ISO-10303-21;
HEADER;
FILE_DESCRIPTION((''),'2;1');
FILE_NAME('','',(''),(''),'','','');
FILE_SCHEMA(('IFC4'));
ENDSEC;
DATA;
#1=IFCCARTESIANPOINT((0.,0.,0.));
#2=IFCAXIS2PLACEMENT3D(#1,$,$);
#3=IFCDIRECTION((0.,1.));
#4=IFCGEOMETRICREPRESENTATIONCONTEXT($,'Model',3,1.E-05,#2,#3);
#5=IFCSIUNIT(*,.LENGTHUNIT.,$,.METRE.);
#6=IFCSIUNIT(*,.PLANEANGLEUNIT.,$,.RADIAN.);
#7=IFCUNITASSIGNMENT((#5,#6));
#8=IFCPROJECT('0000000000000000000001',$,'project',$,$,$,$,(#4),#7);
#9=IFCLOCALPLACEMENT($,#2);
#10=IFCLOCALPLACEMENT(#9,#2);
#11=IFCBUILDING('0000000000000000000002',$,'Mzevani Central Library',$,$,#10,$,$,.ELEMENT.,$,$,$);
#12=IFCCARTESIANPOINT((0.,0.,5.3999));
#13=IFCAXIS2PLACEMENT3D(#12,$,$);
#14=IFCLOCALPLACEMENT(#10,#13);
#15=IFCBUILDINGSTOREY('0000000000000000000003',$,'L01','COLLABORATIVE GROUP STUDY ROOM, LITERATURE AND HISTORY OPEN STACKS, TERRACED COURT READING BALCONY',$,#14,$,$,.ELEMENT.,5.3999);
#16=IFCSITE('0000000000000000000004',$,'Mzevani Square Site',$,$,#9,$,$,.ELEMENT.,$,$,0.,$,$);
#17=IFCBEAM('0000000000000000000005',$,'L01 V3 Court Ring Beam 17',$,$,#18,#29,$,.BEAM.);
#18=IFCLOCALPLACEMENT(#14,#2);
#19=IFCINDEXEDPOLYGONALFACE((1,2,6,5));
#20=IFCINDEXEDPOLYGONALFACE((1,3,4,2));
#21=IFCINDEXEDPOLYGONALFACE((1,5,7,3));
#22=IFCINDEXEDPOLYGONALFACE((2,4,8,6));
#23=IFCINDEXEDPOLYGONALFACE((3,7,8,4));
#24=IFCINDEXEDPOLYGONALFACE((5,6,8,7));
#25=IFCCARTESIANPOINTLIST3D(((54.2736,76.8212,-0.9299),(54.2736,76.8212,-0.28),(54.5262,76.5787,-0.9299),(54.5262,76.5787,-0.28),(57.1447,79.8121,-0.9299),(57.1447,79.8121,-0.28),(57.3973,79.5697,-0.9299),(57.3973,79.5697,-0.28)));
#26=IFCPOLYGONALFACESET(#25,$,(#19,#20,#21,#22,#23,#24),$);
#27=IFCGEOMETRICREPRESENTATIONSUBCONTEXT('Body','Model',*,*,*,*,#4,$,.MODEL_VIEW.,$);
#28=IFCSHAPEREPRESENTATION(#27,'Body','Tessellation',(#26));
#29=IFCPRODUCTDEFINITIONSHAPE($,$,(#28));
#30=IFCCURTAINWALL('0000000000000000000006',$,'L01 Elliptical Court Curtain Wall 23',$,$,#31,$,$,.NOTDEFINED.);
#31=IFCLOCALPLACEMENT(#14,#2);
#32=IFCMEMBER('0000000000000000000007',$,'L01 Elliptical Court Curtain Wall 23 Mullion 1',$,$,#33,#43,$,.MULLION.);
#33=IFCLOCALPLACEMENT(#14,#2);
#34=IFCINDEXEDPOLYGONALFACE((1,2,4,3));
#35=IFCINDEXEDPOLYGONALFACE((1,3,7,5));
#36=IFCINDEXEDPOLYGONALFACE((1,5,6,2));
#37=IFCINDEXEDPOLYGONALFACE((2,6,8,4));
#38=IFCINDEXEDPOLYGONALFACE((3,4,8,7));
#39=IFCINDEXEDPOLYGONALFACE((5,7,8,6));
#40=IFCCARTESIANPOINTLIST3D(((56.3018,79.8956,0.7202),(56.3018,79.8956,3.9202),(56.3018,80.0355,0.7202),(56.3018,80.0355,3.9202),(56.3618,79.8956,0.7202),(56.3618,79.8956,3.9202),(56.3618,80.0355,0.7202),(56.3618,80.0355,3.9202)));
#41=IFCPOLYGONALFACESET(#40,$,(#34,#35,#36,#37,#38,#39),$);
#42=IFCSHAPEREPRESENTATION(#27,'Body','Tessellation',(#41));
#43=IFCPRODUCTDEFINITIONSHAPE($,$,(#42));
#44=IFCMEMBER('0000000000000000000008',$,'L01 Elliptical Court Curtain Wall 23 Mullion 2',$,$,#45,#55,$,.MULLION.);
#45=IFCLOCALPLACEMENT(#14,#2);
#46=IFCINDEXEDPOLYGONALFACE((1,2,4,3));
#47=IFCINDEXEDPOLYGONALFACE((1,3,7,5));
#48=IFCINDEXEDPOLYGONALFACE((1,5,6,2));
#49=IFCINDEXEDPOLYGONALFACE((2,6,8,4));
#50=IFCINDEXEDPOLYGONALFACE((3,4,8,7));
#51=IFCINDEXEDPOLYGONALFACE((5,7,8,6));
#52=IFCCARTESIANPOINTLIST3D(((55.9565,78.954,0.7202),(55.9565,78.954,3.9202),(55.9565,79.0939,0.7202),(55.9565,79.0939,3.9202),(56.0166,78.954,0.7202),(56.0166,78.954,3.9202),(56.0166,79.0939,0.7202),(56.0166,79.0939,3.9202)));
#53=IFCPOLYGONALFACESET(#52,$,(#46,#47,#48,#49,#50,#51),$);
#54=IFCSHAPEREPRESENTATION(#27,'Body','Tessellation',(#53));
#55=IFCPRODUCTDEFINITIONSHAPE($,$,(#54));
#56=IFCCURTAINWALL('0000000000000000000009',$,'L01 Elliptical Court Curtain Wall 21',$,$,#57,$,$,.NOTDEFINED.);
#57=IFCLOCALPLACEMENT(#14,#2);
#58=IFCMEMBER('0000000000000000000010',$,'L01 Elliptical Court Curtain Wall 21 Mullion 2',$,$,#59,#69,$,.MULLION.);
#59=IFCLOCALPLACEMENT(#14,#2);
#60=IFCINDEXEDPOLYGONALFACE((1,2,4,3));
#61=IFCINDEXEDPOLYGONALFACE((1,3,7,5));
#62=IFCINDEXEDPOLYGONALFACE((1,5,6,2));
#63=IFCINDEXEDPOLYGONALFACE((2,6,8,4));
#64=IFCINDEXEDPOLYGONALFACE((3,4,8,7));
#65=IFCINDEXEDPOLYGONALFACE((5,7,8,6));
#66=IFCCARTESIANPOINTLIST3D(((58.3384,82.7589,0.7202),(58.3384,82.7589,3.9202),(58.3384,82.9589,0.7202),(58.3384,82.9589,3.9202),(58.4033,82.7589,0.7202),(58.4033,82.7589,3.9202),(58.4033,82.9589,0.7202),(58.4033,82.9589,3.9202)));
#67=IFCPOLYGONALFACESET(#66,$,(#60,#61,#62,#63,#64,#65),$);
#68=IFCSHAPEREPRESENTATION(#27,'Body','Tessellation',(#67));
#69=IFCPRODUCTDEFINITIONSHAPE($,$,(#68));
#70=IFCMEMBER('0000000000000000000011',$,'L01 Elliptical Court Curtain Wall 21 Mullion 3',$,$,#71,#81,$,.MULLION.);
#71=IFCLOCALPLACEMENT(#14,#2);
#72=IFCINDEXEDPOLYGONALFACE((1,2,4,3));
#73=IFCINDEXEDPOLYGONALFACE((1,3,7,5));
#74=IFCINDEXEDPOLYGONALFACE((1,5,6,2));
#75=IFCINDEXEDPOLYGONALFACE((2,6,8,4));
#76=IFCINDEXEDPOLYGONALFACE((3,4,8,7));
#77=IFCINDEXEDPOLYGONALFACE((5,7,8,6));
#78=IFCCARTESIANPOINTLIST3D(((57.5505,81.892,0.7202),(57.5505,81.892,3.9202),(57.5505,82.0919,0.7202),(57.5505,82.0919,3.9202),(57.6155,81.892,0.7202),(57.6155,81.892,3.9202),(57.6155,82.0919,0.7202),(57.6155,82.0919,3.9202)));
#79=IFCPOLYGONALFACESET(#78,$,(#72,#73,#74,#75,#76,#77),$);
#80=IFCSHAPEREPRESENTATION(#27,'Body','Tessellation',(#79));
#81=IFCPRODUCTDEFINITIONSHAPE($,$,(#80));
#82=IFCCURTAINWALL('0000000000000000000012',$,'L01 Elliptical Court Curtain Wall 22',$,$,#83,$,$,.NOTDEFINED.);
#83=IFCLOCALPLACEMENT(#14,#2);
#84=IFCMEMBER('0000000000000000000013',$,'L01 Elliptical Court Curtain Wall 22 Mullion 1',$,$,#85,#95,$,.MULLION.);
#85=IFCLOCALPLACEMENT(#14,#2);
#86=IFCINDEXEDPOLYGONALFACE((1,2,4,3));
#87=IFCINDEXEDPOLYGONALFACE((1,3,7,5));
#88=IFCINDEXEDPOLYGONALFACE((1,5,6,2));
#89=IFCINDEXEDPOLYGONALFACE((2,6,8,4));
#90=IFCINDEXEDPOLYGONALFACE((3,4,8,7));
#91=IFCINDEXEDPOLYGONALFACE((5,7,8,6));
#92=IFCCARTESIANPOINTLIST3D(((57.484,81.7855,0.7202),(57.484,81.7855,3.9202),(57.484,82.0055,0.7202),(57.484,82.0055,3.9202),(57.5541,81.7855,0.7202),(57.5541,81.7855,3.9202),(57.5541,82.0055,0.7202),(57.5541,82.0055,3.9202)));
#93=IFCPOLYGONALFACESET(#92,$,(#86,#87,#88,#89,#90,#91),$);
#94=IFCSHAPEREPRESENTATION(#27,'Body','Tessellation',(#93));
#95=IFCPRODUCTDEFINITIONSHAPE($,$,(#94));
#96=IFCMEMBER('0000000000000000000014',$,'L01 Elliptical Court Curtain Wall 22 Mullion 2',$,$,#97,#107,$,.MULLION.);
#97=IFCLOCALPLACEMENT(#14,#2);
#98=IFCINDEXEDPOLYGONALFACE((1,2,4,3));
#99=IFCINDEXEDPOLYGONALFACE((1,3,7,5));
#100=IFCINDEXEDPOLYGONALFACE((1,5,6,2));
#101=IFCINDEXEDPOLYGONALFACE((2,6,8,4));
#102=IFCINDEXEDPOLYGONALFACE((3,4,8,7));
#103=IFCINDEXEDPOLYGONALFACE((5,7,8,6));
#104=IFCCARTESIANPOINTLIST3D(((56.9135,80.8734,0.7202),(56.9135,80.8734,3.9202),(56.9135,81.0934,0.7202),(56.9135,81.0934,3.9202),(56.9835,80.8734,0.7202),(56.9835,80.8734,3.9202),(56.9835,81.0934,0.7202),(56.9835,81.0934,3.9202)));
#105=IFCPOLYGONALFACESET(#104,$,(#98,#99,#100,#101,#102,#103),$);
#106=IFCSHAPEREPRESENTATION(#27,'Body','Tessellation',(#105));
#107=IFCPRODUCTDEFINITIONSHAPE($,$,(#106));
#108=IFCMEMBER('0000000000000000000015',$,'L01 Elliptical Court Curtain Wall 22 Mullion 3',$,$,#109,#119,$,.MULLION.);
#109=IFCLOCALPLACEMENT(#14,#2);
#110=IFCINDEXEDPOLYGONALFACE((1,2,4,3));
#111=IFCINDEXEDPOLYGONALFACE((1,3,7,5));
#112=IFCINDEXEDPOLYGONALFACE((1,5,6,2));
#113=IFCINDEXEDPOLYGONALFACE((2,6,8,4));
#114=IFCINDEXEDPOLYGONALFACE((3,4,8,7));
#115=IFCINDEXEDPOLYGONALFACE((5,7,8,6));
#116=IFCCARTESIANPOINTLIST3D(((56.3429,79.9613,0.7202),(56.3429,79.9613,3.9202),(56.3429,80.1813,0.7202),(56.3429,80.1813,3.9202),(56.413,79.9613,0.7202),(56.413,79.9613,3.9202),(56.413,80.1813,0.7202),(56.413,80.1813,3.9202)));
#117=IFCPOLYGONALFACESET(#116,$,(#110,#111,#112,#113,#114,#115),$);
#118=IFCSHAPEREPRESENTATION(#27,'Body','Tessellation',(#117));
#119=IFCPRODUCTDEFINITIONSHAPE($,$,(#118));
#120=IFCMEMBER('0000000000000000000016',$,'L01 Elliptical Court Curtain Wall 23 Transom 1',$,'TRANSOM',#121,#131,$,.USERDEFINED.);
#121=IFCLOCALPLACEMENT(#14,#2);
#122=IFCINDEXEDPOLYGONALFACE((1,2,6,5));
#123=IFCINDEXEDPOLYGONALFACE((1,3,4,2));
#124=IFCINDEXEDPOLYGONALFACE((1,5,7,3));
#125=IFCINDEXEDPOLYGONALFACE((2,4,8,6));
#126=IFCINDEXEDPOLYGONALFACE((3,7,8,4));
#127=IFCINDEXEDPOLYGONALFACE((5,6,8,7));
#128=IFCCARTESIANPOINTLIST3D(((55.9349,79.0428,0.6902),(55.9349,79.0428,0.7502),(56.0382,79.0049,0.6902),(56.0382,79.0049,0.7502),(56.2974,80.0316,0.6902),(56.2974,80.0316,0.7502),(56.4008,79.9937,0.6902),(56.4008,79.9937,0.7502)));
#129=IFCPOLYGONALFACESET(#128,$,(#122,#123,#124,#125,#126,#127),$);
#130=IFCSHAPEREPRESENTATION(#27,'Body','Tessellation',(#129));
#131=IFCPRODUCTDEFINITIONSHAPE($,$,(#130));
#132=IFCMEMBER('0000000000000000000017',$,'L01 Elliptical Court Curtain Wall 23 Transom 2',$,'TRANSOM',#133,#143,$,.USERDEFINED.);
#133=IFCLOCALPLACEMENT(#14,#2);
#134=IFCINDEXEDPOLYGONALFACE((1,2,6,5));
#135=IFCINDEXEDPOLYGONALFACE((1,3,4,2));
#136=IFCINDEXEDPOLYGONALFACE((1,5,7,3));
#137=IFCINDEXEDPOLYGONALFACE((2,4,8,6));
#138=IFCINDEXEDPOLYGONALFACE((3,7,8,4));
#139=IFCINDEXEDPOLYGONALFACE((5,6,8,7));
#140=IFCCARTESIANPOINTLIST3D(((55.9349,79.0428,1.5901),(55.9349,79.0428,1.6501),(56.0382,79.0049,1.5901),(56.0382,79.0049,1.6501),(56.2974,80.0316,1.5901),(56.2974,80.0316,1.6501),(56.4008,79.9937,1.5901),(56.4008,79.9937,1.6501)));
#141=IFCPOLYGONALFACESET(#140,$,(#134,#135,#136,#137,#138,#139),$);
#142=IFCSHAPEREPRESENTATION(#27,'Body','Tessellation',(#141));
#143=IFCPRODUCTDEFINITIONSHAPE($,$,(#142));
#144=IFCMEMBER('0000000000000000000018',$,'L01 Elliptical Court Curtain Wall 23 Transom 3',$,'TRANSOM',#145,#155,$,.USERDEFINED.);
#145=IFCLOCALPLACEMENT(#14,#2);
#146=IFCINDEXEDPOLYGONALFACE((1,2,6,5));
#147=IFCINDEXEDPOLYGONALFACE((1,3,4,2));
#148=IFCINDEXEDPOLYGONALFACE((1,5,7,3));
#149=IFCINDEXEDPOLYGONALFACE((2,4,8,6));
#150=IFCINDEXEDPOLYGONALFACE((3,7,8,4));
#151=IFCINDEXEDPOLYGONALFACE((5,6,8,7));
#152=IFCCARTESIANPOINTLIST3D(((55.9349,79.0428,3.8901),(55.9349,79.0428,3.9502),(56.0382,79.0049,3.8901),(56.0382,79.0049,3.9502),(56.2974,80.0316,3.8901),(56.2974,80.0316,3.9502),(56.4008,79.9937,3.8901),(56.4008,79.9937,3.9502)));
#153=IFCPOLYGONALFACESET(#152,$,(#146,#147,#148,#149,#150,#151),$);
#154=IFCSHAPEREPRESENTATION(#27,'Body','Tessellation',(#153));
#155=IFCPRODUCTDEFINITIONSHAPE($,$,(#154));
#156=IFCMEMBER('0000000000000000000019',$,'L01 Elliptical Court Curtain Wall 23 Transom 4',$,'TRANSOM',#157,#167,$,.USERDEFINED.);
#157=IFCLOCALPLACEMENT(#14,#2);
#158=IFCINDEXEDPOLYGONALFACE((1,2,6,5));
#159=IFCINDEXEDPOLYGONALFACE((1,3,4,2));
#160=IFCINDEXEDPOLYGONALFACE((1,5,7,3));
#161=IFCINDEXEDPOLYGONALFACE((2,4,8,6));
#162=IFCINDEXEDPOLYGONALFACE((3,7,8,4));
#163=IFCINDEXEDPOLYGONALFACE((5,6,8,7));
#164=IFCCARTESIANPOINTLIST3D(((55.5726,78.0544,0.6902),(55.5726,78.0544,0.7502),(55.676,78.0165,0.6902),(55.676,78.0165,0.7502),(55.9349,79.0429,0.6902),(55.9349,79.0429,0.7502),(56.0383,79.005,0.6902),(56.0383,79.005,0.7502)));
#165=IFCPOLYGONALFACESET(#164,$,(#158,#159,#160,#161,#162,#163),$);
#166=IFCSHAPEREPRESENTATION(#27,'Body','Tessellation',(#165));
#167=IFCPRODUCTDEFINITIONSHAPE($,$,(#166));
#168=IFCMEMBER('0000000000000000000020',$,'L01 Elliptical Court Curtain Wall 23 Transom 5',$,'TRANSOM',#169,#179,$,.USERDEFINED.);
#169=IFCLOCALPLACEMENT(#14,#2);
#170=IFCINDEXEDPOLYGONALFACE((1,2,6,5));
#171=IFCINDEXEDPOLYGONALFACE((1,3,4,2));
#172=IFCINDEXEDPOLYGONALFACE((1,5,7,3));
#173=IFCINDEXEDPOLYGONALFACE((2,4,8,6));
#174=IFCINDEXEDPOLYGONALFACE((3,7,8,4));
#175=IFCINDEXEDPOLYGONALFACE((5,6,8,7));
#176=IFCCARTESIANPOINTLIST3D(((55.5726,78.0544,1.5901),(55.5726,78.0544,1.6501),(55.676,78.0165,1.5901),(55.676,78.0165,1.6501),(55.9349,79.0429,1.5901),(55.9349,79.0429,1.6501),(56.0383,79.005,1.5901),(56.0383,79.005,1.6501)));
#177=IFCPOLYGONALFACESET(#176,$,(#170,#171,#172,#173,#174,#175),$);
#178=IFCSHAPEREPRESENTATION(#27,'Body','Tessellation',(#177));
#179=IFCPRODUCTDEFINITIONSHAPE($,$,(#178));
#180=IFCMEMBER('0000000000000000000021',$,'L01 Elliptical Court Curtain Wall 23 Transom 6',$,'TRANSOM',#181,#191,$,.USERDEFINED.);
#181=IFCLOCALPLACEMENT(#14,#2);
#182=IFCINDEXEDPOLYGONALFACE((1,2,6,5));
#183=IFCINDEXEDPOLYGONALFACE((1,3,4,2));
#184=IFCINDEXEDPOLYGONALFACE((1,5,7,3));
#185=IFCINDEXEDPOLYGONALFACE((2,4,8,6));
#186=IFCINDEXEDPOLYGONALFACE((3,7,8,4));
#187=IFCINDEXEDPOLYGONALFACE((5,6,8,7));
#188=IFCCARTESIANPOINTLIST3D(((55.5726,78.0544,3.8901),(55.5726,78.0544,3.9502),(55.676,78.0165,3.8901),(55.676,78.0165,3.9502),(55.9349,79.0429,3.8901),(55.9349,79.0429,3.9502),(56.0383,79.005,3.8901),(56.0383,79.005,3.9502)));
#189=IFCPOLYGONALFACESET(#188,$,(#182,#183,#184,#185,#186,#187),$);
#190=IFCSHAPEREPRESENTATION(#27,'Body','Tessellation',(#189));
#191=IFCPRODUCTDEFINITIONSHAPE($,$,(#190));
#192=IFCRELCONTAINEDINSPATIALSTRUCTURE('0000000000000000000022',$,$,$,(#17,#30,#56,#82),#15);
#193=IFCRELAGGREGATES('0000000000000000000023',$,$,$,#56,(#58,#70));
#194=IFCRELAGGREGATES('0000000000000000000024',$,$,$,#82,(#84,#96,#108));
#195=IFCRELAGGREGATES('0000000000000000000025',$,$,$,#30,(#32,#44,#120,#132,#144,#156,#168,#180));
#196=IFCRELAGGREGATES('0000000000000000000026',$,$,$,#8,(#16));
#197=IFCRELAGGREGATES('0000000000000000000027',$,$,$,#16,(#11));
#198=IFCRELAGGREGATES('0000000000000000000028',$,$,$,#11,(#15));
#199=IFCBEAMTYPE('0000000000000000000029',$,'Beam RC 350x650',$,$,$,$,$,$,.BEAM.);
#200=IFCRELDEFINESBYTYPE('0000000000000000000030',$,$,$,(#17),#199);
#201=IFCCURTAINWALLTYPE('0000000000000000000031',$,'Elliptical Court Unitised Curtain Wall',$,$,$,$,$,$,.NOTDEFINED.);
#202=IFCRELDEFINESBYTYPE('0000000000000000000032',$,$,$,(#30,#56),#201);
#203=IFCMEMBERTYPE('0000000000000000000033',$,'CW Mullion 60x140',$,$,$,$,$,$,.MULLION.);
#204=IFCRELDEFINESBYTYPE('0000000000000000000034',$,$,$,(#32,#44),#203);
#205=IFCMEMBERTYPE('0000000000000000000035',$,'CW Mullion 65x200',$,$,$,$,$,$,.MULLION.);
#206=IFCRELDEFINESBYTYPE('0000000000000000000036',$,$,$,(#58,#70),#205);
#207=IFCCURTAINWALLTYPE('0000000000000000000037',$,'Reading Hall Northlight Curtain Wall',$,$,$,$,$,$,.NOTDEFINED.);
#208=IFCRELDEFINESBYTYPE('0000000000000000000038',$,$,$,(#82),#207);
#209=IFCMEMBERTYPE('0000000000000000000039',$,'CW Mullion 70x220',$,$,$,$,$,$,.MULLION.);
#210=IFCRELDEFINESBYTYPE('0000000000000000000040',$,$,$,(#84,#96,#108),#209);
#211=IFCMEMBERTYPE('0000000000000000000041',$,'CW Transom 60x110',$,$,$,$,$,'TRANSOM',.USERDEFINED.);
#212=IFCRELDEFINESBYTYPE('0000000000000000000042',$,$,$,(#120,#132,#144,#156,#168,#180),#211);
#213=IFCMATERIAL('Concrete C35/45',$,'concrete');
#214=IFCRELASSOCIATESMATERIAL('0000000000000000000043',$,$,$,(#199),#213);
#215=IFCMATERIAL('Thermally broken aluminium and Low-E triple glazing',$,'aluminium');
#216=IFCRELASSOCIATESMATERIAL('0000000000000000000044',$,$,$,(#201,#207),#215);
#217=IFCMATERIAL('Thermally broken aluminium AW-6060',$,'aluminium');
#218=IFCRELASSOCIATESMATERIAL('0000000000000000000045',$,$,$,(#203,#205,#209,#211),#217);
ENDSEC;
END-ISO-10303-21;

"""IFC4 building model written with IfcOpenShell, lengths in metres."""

from ifc_helpers import new_model, si_unit, direction, frame, origin, origin_2d, place, context, subcontext, project, spatial, rectangle, extrude, material, material_profile, profile_set, type_object, element, aggregate, save


model = new_model("IFC4")

# Units and contexts
model_context = context("Model", 3, precision=1e-05, world=origin(), true_north=direction((0.0, 1.0)))
body_context = subcontext(model_context, "Body", "Model", "MODEL_VIEW")
ifc_project = project(units=[si_unit("LENGTHUNIT", "METRE"), si_unit("PLANEANGLEUNIT", "RADIAN")], contexts=[model_context])

# Site, building, storey
site_placement = place(None, origin())
site = spatial("IfcSite", under=ifc_project, at=site_placement, Name="Mzevani Square Site", CompositionType="ELEMENT", RefElevation=0.0)
building_placement = place(site_placement, origin())
building = spatial("IfcBuilding", under=site, at=building_placement, Name="Mzevani Central Library", CompositionType="ELEMENT")
storey_placement = place(building_placement, frame((0.0, 0.0, 5.3999)))
storey = spatial("IfcBuildingStorey", under=building, at=storey_placement, Name="L01", Description="COLLABORATIVE GROUP STUDY ROOM, LITERATURE AND HISTORY OPEN STACKS, TERRACED COURT READING BALCONY", CompositionType="ELEMENT", Elevation=5.3999)

# Beam
ifc_material_1 = material(Name="Concrete C35/45", Category="concrete")
ifc_material_profile_1 = material_profile(ifc_material_1, rectangle(XDim=0.3501, YDim=0.6499, at=origin_2d()), Name="RC B350x650")
ifc_profile_set_1 = profile_set([ifc_material_profile_1], Name="Concrete C35/45")
beam_type = type_object("IfcBeamType", Name="Beam RC 350x650", PredefinedType="BEAM", material=ifc_profile_set_1)
beam_placement = place(storey_placement, frame((57.271, 79.6909, -0.605), z_axis=(-0.692502, -0.721416, 0.0), x_axis=(0.721416, -0.692502, 0.0)))
element("IfcBeam", 1, at=beam_placement, inside=storey, type_object=beam_type, Name="L01 V3 Court Ring Beam 17", PredefinedType="BEAM", context=body_context, shape_type="SweptSolid", body=[
    extrude(rectangle(XDim=0.3501, YDim=0.6499, at=origin_2d()), origin(), (0.0, 0.0, 1.0), 4.146),
])

# Curtain walls, members
ifc_material_2 = material(Name="Thermally broken aluminium and Low-E triple glazing", Category="aluminium")
curtain_wall_type_1 = type_object("IfcCurtainWallType", Name="Elliptical Court Unitised Curtain Wall", PredefinedType="NOTDEFINED", material=ifc_material_2)
curtain_wall_1_placement = place(storey_placement, origin())
curtain_wall_1 = element("IfcCurtainWall", 2, at=curtain_wall_1_placement, inside=storey, type_object=curtain_wall_type_1, Name="L01 Elliptical Court Curtain Wall 23", PredefinedType="NOTDEFINED")
ifc_material_3 = material(Name="Thermally broken aluminium AW-6060", Category="aluminium")
ifc_material_profile_2 = material_profile(ifc_material_3, rectangle(XDim=0.0601, YDim=0.1399, at=origin_2d()), Name="ALU M60x140")
ifc_profile_set_2 = profile_set([ifc_material_profile_2], Name="Thermally broken aluminium AW-6060")
member_type_1 = type_object("IfcMemberType", Name="CW Mullion 60x140", PredefinedType="MULLION", material=ifc_profile_set_2)
member_1_placement = place(storey_placement, frame((56.3318, 79.9656, 0.7202), z_axis=(0.0, 0.0, 1.0), x_axis=(1.0, 0.0, 0.0)))
member_1 = element("IfcMember", 3, at=member_1_placement, type_object=member_type_1, Name="L01 Elliptical Court Curtain Wall 23 Mullion 1", PredefinedType="MULLION", context=body_context, shape_type="SweptSolid", body=[
    extrude(rectangle(XDim=0.0601, YDim=0.1399, at=origin_2d()), origin(), (0.0, 0.0, 1.0), 3.2),
])
member_2_placement = place(storey_placement, frame((55.9866, 79.0239, 0.7202), z_axis=(0.0, 0.0, 1.0), x_axis=(1.0, 0.0, 0.0)))
member_2 = element("IfcMember", 4, at=member_2_placement, type_object=member_type_1, Name="L01 Elliptical Court Curtain Wall 23 Mullion 2", PredefinedType="MULLION", context=body_context, shape_type="SweptSolid", body=[
    extrude(rectangle(XDim=0.0601, YDim=0.1399, at=origin_2d()), origin(), (0.0, 0.0, 1.0), 3.2),
])
curtain_wall_2_placement = place(storey_placement, origin())
curtain_wall_2 = element("IfcCurtainWall", 5, at=curtain_wall_2_placement, inside=storey, type_object=curtain_wall_type_1, Name="L01 Elliptical Court Curtain Wall 21", PredefinedType="NOTDEFINED")
ifc_material_profile_3 = material_profile(ifc_material_3, rectangle(XDim=0.0649, YDim=0.2, at=origin_2d()), Name="ALU M65x200")
ifc_profile_set_3 = profile_set([ifc_material_profile_3], Name="Thermally broken aluminium AW-6060")
member_type_2 = type_object("IfcMemberType", Name="CW Mullion 65x200", PredefinedType="MULLION", material=ifc_profile_set_3)
member_3_placement = place(storey_placement, frame((58.3708, 82.8589, 0.7202), z_axis=(0.0, 0.0, 1.0), x_axis=(1.0, 0.0, 0.0)))
member_3 = element("IfcMember", 6, at=member_3_placement, type_object=member_type_2, Name="L01 Elliptical Court Curtain Wall 21 Mullion 2", PredefinedType="MULLION", context=body_context, shape_type="SweptSolid", body=[
    extrude(rectangle(XDim=0.0649, YDim=0.2, at=origin_2d()), origin(), (0.0, 0.0, 1.0), 3.2),
])
member_4_placement = place(storey_placement, frame((57.583, 81.9919, 0.7202), z_axis=(0.0, 0.0, 1.0), x_axis=(1.0, 0.0, 0.0)))
member_4 = element("IfcMember", 7, at=member_4_placement, type_object=member_type_2, Name="L01 Elliptical Court Curtain Wall 21 Mullion 3", PredefinedType="MULLION", context=body_context, shape_type="SweptSolid", body=[
    extrude(rectangle(XDim=0.0649, YDim=0.2, at=origin_2d()), origin(), (0.0, 0.0, 1.0), 3.2),
])
curtain_wall_type_2 = type_object("IfcCurtainWallType", Name="Reading Hall Northlight Curtain Wall", PredefinedType="NOTDEFINED", material=ifc_material_2)
curtain_wall_3_placement = place(storey_placement, origin())
curtain_wall_3 = element("IfcCurtainWall", 8, at=curtain_wall_3_placement, inside=storey, type_object=curtain_wall_type_2, Name="L01 Elliptical Court Curtain Wall 22", PredefinedType="NOTDEFINED")
ifc_material_profile_4 = material_profile(ifc_material_3, rectangle(XDim=0.0701, YDim=0.22, at=origin_2d()), Name="ALU M70x220")
ifc_profile_set_4 = profile_set([ifc_material_profile_4], Name="Thermally broken aluminium AW-6060")
member_type_3 = type_object("IfcMemberType", Name="CW Mullion 70x220", PredefinedType="MULLION", material=ifc_profile_set_4)
member_5_placement = place(storey_placement, frame((57.519, 81.8955, 0.7202), z_axis=(0.0, 0.0, 1.0), x_axis=(1.0, 0.0, 0.0)))
member_5 = element("IfcMember", 9, at=member_5_placement, type_object=member_type_3, Name="L01 Elliptical Court Curtain Wall 22 Mullion 1", PredefinedType="MULLION", context=body_context, shape_type="SweptSolid", body=[
    extrude(rectangle(XDim=0.0701, YDim=0.22, at=origin_2d()), origin(), (0.0, 0.0, 1.0), 3.2),
])
member_6_placement = place(storey_placement, frame((56.9485, 80.9834, 0.7202), z_axis=(0.0, 0.0, 1.0), x_axis=(1.0, 0.0, 0.0)))
member_6 = element("IfcMember", 10, at=member_6_placement, type_object=member_type_3, Name="L01 Elliptical Court Curtain Wall 22 Mullion 2", PredefinedType="MULLION", context=body_context, shape_type="SweptSolid", body=[
    extrude(rectangle(XDim=0.0701, YDim=0.22, at=origin_2d()), origin(), (0.0, 0.0, 1.0), 3.2),
])
member_7_placement = place(storey_placement, frame((56.3779, 80.0713, 0.7202), z_axis=(0.0, 0.0, 1.0), x_axis=(1.0, 0.0, 0.0)))
member_7 = element("IfcMember", 11, at=member_7_placement, type_object=member_type_3, Name="L01 Elliptical Court Curtain Wall 22 Mullion 3", PredefinedType="MULLION", context=body_context, shape_type="SweptSolid", body=[
    extrude(rectangle(XDim=0.0701, YDim=0.22, at=origin_2d()), origin(), (0.0, 0.0, 1.0), 3.2),
])

# Members
ifc_material_profile_5 = material_profile(ifc_material_3, rectangle(XDim=0.1101, YDim=0.0601, at=origin_2d()), Name="ALU T60x110")
ifc_profile_set_5 = profile_set([ifc_material_profile_5], Name="Thermally broken aluminium AW-6060")
member_type_4 = type_object("IfcMemberType", Name="CW Transom 60x110", ElementType="TRANSOM", PredefinedType="USERDEFINED", material=ifc_profile_set_5)
member_8_placement = place(storey_placement, frame((56.3491, 80.0127, 0.7202), z_axis=(-0.344255, -0.938876, 0.0), x_axis=(0.938876, -0.344255, 0.0)))
member_8 = element("IfcMember", 12, at=member_8_placement, type_object=member_type_4, Name="L01 Elliptical Court Curtain Wall 23 Transom 1", ObjectType="TRANSOM", PredefinedType="USERDEFINED", context=body_context, shape_type="SweptSolid", body=[
    extrude(rectangle(XDim=0.1101, YDim=0.0601, at=origin_2d()), origin(), (0.0, 0.0, 1.0), 1.0532),
])
member_9_placement = place(storey_placement, frame((56.3491, 80.0127, 1.6201), z_axis=(-0.344255, -0.938876, 0.0), x_axis=(0.938876, -0.344255, 0.0)))
member_9 = element("IfcMember", 13, at=member_9_placement, type_object=member_type_4, Name="L01 Elliptical Court Curtain Wall 23 Transom 2", ObjectType="TRANSOM", PredefinedType="USERDEFINED", context=body_context, shape_type="SweptSolid", body=[
    extrude(rectangle(XDim=0.1101, YDim=0.0601, at=origin_2d()), origin(), (0.0, 0.0, 1.0), 1.0532),
])
member_10_placement = place(storey_placement, frame((56.3491, 80.0127, 3.9202), z_axis=(-0.344255, -0.938876, 0.0), x_axis=(0.938876, -0.344255, 0.0)))
member_10 = element("IfcMember", 14, at=member_10_placement, type_object=member_type_4, Name="L01 Elliptical Court Curtain Wall 23 Transom 3", ObjectType="TRANSOM", PredefinedType="USERDEFINED", context=body_context, shape_type="SweptSolid", body=[
    extrude(rectangle(XDim=0.1101, YDim=0.0601, at=origin_2d()), origin(), (0.0, 0.0, 1.0), 1.0532),
])
member_11_placement = place(storey_placement, frame((55.9866, 79.0239, 0.7202), z_axis=(-0.344125, -0.938924, 0.0), x_axis=(0.938924, -0.344125, 0.0)))
member_11 = element("IfcMember", 15, at=member_11_placement, type_object=member_type_4, Name="L01 Elliptical Court Curtain Wall 23 Transom 4", ObjectType="TRANSOM", PredefinedType="USERDEFINED", context=body_context, shape_type="SweptSolid", body=[
    extrude(rectangle(XDim=0.1101, YDim=0.0601, at=origin_2d()), origin(), (0.0, 0.0, 1.0), 1.0527),
])
member_12_placement = place(storey_placement, frame((55.9866, 79.0239, 1.6201), z_axis=(-0.344125, -0.938924, 0.0), x_axis=(0.938924, -0.344125, 0.0)))
member_12 = element("IfcMember", 16, at=member_12_placement, type_object=member_type_4, Name="L01 Elliptical Court Curtain Wall 23 Transom 5", ObjectType="TRANSOM", PredefinedType="USERDEFINED", context=body_context, shape_type="SweptSolid", body=[
    extrude(rectangle(XDim=0.1101, YDim=0.0601, at=origin_2d()), origin(), (0.0, 0.0, 1.0), 1.0527),
])
member_13_placement = place(storey_placement, frame((55.9866, 79.0239, 3.9202), z_axis=(-0.344125, -0.938924, 0.0), x_axis=(0.938924, -0.344125, 0.0)))
member_13 = element("IfcMember", 17, at=member_13_placement, type_object=member_type_4, Name="L01 Elliptical Court Curtain Wall 23 Transom 6", ObjectType="TRANSOM", PredefinedType="USERDEFINED", context=body_context, shape_type="SweptSolid", body=[
    extrude(rectangle(XDim=0.1101, YDim=0.0601, at=origin_2d()), origin(), (0.0, 0.0, 1.0), 1.0527),
])

aggregate(curtain_wall_2, [member_3, member_4])
aggregate(curtain_wall_3, [member_5, member_6, member_7])
aggregate(curtain_wall_1, [member_1, member_2, member_8, member_9, member_10, member_11, member_12, member_13])

save(model, "model.ifc")
